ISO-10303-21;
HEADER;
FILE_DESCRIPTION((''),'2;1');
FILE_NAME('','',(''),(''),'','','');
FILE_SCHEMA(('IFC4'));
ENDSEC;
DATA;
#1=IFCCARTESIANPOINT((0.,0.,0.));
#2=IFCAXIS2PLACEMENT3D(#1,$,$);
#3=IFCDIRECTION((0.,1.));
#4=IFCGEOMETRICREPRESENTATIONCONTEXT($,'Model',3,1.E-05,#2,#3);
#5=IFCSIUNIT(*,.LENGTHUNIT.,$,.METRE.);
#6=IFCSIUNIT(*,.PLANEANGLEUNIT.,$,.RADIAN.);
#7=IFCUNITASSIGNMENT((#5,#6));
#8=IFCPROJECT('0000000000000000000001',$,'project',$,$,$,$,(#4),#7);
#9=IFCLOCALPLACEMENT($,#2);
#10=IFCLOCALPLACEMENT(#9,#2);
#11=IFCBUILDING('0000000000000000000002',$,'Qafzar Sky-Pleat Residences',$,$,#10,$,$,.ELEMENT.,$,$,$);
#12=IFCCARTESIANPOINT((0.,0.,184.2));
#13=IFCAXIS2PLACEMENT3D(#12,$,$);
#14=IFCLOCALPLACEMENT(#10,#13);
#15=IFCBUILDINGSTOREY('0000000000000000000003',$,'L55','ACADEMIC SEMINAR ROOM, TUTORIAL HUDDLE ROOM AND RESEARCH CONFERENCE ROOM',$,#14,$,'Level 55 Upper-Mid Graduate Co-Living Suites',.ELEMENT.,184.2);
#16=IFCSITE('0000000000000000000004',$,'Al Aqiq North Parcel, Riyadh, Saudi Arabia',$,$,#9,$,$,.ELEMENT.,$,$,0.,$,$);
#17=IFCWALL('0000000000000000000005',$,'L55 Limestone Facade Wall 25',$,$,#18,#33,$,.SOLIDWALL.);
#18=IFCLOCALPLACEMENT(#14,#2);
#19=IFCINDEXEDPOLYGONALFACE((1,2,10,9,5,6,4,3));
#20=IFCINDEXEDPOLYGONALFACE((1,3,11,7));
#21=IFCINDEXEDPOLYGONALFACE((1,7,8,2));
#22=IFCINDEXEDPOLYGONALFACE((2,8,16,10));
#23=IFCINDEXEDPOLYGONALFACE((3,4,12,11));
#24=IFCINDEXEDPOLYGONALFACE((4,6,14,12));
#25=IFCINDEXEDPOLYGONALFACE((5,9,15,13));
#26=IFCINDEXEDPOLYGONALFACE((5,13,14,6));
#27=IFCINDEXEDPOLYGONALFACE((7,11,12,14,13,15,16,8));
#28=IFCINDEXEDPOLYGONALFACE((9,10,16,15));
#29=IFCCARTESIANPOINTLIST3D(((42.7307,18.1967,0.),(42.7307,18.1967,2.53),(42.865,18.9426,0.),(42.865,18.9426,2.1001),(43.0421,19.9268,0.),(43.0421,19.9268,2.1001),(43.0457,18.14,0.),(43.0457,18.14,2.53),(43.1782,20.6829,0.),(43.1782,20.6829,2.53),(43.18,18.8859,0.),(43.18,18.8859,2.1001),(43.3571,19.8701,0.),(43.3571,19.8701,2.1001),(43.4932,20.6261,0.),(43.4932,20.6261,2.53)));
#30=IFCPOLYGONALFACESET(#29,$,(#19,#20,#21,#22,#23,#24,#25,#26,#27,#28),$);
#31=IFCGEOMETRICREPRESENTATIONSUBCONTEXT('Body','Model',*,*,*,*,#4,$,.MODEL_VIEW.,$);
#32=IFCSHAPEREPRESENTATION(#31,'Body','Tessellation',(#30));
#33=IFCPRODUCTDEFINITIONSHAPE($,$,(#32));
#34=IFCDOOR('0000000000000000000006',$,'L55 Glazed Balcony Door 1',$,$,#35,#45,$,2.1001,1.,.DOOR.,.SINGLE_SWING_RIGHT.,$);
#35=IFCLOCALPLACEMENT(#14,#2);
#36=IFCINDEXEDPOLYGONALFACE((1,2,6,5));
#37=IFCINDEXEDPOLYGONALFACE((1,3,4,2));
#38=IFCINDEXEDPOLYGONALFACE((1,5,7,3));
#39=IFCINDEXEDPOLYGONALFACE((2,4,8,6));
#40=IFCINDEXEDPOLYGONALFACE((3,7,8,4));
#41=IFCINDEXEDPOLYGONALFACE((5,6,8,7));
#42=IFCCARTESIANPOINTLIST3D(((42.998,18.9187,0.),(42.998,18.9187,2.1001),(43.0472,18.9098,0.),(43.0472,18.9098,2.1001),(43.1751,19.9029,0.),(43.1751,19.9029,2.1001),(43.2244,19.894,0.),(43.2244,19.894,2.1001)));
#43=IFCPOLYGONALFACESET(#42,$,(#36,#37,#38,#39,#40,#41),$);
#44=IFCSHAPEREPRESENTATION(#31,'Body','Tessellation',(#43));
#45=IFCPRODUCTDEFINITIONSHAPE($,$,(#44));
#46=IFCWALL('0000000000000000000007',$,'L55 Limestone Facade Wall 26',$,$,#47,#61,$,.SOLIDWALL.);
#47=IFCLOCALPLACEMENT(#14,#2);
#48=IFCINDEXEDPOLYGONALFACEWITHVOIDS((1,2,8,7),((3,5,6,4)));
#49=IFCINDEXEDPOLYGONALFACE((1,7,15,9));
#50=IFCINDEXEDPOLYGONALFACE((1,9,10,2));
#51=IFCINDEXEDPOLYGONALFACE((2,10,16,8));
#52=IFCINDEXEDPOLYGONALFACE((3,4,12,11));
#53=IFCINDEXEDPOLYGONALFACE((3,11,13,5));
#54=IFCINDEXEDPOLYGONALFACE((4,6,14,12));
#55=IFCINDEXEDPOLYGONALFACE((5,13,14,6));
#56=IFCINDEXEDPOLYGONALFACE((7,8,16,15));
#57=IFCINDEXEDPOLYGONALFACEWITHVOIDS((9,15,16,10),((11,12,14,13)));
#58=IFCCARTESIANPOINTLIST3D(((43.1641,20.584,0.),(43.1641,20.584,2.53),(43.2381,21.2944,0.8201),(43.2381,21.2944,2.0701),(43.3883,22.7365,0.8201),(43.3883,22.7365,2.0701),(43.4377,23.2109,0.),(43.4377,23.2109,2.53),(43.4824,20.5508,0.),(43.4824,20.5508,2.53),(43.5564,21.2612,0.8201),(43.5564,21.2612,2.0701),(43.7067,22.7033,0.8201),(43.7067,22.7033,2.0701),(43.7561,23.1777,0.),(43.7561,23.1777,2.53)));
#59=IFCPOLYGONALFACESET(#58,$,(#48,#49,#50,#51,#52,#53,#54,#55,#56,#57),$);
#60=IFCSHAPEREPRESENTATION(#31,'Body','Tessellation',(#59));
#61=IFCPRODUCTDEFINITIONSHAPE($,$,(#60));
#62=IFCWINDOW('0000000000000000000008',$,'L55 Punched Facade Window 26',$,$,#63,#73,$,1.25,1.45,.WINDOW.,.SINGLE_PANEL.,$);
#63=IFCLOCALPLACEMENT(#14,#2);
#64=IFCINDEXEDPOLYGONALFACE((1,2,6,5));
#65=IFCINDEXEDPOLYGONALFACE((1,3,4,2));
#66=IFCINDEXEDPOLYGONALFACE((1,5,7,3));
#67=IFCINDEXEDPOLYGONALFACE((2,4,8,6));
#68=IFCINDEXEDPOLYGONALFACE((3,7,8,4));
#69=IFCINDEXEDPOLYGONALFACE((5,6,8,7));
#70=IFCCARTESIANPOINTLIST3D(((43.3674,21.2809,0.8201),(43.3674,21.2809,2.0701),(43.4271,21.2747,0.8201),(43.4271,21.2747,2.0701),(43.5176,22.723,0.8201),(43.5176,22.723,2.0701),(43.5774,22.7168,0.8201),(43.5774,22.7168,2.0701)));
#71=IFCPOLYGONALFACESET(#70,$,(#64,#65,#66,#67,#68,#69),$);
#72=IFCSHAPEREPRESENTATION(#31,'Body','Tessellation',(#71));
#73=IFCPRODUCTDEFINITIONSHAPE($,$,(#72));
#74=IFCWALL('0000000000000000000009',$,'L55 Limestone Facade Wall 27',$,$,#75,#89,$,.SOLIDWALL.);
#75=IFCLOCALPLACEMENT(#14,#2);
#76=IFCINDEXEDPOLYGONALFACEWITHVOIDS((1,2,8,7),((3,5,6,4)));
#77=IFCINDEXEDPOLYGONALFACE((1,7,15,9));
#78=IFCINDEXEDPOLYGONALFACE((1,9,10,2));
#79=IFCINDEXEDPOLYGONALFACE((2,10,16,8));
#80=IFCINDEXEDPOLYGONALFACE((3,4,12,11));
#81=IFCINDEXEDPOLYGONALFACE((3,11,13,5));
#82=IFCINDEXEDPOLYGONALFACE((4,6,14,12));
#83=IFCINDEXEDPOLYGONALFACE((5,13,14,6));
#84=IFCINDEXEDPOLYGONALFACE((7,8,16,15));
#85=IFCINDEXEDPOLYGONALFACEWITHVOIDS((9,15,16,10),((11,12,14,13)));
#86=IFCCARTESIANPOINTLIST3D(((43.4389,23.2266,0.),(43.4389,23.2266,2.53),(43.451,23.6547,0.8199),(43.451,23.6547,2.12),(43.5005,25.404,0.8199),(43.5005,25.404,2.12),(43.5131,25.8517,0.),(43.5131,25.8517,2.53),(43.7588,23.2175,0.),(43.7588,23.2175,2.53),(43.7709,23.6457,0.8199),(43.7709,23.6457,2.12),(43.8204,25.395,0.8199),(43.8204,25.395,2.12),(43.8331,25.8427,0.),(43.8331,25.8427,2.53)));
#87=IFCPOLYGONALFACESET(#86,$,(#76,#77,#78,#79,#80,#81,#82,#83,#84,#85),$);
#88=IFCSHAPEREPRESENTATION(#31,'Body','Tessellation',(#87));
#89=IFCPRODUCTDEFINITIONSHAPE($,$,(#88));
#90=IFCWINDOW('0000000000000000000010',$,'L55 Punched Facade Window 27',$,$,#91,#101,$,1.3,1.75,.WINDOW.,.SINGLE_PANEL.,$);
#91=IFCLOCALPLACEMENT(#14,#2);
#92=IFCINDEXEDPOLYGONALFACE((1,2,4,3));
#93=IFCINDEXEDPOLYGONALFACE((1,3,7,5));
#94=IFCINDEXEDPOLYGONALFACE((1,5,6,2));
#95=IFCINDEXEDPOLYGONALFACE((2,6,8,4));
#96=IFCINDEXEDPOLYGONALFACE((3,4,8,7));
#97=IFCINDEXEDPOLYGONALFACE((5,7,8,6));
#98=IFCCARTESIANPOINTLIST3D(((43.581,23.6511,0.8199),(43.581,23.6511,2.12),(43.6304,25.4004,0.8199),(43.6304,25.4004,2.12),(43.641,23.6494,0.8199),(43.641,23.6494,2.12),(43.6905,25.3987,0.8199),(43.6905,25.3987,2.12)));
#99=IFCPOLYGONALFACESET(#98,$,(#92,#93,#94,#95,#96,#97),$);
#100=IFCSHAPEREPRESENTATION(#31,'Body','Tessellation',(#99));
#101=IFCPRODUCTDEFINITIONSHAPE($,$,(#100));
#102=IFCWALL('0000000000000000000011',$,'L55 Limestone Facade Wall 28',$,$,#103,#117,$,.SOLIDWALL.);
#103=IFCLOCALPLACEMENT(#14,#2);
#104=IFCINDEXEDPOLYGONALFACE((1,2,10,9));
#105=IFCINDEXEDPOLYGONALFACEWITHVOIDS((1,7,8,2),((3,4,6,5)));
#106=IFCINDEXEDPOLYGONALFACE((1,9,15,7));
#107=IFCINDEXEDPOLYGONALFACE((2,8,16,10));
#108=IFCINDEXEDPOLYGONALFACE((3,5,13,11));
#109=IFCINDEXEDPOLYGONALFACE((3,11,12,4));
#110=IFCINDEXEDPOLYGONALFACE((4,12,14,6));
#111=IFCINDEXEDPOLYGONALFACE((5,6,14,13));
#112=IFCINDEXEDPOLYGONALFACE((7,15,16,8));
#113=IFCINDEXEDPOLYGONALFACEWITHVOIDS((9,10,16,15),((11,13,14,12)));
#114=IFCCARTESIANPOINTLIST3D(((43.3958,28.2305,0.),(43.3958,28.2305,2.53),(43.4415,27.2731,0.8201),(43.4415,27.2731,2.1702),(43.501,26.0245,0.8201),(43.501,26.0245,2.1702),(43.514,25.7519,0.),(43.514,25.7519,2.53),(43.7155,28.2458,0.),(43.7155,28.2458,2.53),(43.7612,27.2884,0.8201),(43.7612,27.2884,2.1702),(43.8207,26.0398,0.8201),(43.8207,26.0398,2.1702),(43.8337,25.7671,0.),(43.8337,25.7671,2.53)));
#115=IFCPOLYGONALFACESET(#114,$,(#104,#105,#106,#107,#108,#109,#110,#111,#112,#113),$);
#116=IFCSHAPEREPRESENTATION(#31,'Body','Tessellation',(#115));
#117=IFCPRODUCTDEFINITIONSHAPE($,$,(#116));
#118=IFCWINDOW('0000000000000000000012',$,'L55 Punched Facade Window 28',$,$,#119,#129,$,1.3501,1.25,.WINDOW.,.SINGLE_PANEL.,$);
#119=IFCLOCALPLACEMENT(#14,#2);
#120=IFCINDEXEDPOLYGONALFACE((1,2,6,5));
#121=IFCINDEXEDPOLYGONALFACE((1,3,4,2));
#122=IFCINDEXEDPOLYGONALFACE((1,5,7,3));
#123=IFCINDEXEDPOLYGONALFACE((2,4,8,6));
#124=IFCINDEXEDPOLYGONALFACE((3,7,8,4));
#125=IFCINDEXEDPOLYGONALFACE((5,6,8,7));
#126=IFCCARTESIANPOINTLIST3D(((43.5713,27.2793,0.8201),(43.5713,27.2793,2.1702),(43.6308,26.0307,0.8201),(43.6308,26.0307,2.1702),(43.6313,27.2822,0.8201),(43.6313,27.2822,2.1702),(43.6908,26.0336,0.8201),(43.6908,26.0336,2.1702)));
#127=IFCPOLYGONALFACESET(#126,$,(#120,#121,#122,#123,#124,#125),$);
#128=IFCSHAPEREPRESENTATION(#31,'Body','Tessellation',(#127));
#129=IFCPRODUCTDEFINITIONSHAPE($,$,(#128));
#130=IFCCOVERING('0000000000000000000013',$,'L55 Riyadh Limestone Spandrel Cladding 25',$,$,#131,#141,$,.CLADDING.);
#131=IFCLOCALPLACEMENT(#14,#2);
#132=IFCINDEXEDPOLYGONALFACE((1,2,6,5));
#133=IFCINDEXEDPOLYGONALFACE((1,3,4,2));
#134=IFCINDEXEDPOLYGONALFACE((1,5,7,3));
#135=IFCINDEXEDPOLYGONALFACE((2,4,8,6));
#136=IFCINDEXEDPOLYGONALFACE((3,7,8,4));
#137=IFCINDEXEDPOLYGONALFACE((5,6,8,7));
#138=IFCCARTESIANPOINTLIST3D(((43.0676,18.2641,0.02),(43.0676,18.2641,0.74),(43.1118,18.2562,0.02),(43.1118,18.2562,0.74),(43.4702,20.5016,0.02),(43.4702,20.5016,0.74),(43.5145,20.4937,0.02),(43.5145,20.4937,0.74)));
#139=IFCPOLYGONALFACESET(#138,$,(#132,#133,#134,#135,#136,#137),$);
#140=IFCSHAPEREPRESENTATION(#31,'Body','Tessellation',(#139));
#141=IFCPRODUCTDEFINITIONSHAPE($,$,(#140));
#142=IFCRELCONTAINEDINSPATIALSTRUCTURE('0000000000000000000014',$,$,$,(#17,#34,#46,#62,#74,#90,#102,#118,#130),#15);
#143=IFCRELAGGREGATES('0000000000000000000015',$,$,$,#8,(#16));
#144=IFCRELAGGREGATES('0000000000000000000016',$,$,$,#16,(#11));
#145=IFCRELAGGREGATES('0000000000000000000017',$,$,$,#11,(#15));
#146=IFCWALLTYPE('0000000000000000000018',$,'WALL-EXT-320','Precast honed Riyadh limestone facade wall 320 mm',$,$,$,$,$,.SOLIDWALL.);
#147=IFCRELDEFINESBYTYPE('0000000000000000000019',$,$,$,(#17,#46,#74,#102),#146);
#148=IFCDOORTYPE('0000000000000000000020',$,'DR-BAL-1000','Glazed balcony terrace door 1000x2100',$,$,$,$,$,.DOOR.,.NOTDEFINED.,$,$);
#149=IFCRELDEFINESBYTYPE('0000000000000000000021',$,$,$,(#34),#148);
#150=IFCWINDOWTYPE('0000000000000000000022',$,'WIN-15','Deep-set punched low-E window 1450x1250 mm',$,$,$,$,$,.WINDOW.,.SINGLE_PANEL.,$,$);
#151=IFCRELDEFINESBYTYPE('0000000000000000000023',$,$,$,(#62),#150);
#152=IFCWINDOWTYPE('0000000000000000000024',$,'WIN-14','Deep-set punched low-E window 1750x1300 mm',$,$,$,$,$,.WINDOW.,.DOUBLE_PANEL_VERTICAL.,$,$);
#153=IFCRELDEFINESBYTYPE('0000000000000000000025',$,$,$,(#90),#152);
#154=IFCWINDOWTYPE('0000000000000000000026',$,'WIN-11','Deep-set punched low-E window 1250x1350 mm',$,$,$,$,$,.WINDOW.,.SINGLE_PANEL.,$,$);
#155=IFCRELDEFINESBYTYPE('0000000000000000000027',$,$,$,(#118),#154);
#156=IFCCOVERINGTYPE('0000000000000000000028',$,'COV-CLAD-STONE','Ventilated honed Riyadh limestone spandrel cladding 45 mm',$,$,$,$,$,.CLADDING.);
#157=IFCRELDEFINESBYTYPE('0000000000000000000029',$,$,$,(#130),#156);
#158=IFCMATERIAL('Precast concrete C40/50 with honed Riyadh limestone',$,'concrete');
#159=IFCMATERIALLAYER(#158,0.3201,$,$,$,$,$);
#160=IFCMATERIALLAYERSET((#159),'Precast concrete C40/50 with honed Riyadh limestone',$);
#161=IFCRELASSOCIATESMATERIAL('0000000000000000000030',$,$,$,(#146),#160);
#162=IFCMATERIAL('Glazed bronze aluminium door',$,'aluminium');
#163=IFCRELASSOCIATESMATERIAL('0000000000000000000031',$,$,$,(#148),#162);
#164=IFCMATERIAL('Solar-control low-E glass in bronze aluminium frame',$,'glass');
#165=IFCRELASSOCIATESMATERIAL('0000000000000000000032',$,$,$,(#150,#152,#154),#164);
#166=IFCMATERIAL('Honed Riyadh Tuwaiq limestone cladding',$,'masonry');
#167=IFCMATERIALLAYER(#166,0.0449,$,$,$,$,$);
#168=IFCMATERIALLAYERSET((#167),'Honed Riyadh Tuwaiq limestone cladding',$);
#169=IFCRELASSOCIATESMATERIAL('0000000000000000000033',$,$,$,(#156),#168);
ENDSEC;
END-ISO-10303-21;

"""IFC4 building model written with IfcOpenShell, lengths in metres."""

from ifc_helpers import new_model, si_unit, direction, frame, frame_2d, origin, origin_2d, place, context, subcontext, project, spatial, rectangle, extrude, source, transform, mapped, material, layer, layer_set, type_object, element, fill, save


model = new_model("IFC4")

# Units and contexts
model_context = context("Model", 3, precision=1e-05, world=origin(), true_north=direction((0.0, 1.0)))
body_context = subcontext(model_context, "Body", "Model", "MODEL_VIEW")
ifc_project = project(units=[si_unit("LENGTHUNIT", "METRE"), si_unit("PLANEANGLEUNIT", "RADIAN")], contexts=[model_context])

# Site, building, storey
site_placement = place(None, origin())
site = spatial("IfcSite", under=ifc_project, at=site_placement, Name="Al Aqiq North Parcel, Riyadh, Saudi Arabia", CompositionType="ELEMENT", RefElevation=0.0)
building_placement = place(site_placement, origin())
building = spatial("IfcBuilding", under=site, at=building_placement, Name="Qafzar Sky-Pleat Residences", CompositionType="ELEMENT")
storey_placement = place(building_placement, frame((0.0, 0.0, 184.2)))
storey = spatial("IfcBuildingStorey", under=building, at=storey_placement, Name="L55", Description="ACADEMIC SEMINAR ROOM, TUTORIAL HUDDLE ROOM AND RESEARCH CONFERENCE ROOM", LongName="Level 55 Upper-Mid Graduate Co-Living Suites", CompositionType="ELEMENT", Elevation=184.2)

# Wall, opening, door
ifc_material_1 = material(Name="Precast concrete C40/50 with honed Riyadh limestone", Category="concrete")
ifc_layer_1 = layer(ifc_material_1, 0.3201)
ifc_layer_set_1 = layer_set([ifc_layer_1], Name="Precast concrete C40/50 with honed Riyadh limestone")
wall_type_1 = type_object("IfcWallType", Name="WALL-EXT-320", Description="Precast honed Riyadh limestone facade wall 320 mm", PredefinedType="SOLIDWALL", material=ifc_layer_set_1)
wall_1_placement = place(storey_placement, frame((42.8882, 18.1682, 0.0), z_axis=(0.0, 0.0, 1.0), x_axis=(0.177159, 0.984182, 0.0)))
wall_1 = element("IfcWall", 1, at=wall_1_placement, inside=storey, type_object=wall_type_1, Name="L55 Limestone Facade Wall 25", PredefinedType="SOLIDWALL", context=body_context, shape_type="SweptSolid", body=[
    extrude(rectangle(XDim=2.5261, YDim=0.3201, at=frame_2d((1.2632, 0.0))), origin(), (0.0, 0.0, 1.0), 2.53),
])
opening_1_placement = place(wall_1_placement, frame((0.7581, 0.0, 0.0)))
opening_1 = element("IfcOpeningElement", 2, at=opening_1_placement, cuts=wall_1, PredefinedType="OPENING", context=body_context, shape_type="SweptSolid", body=[
    extrude(rectangle(XDim=1.0, YDim=2.1001, at=frame_2d((0.5, 1.05))), frame((0.0, 0.1699, 0.0), z_axis=(0.0, -1.0, 0.0), x_axis=(1.0, 0.0, 0.0)), (0.0, 0.0, 1.0), 0.3401),
])
ifc_material_2 = material(Name="Glazed bronze aluminium door", Category="aluminium")
door_type_1 = type_object("IfcDoorType", Name="DR-BAL-1000", Description="Glazed balcony terrace door 1000x2100", OperationType="NOTDEFINED", PredefinedType="DOOR", material=ifc_material_2)
shared_shape_1 = source(origin(), body_context, "Body", "SweptSolid", [
    extrude(rectangle(XDim=1.0, YDim=2.1001, at=frame_2d((0.5, 1.05))), frame((0.0, 0.0249, 0.0), z_axis=(0.0, -1.0, 0.0), x_axis=(1.0, 0.0, 0.0)), (0.0, 0.0, 1.0), 0.05),
])
door_1_placement = place(opening_1_placement, origin())
door_1 = element("IfcDoor", 3, at=door_1_placement, inside=storey, type_object=door_type_1, Name="L55 Glazed Balcony Door 1", OperationType="SINGLE_SWING_RIGHT", OverallHeight=2.1001, OverallWidth=1.0, PredefinedType="DOOR", context=body_context, shape_type="MappedRepresentation", body=[
    mapped(shared_shape_1, transform((0.0, 0.0, 0.0), x_axis=(1.0, 0.0, 0.0), y_axis=(0.0, 1.0, 0.0), z_axis=(0.0, 0.0, 1.0), scale=1.0)),
])
fill(opening_1, door_1)

# Walls, openings, windows
wall_2_placement = place(storey_placement, frame((43.3232, 20.5674, 0.0), z_axis=(0.0, 0.0, 1.0), x_axis=(0.103621, 0.994617, 0.0)))
wall_2 = element("IfcWall", 4, at=wall_2_placement, inside=storey, type_object=wall_type_1, Name="L55 Limestone Facade Wall 26", PredefinedType="SOLIDWALL", context=body_context, shape_type="SweptSolid", body=[
    extrude(rectangle(XDim=2.6411, YDim=0.3201, at=frame_2d((1.3206, 0.0))), origin(), (0.0, 0.0, 1.0), 2.53),
])
opening_2_placement = place(wall_2_placement, frame((0.7141, 0.0, 0.8201)))
opening_2 = element("IfcOpeningElement", 5, at=opening_2_placement, cuts=wall_2, PredefinedType="OPENING", context=body_context, shape_type="SweptSolid", body=[
    extrude(rectangle(XDim=1.45, YDim=1.25, at=frame_2d((0.7251, 0.625))), frame((0.0, 0.1699, 0.0), z_axis=(0.0, -1.0, 0.0), x_axis=(1.0, 0.0, 0.0)), (0.0, 0.0, 1.0), 0.3401),
])
ifc_material_3 = material(Name="Solar-control low-E glass in bronze aluminium frame", Category="glass")
window_type_1 = type_object("IfcWindowType", Name="WIN-15", Description="Deep-set punched low-E window 1450x1250 mm", PartitioningType="SINGLE_PANEL", PredefinedType="WINDOW", material=ifc_material_3)
shared_shape_2 = source(origin(), body_context, "Body", "SweptSolid", [
    extrude(rectangle(XDim=1.45, YDim=1.25, at=frame_2d((0.7251, 0.625))), frame((0.0, 0.03, 0.0), z_axis=(0.0, -1.0, 0.0), x_axis=(1.0, 0.0, 0.0)), (0.0, 0.0, 1.0), 0.0601),
])
window_1_placement = place(opening_2_placement, origin())
window_1 = element("IfcWindow", 6, at=window_1_placement, inside=storey, type_object=window_type_1, Name="L55 Punched Facade Window 26", OverallHeight=1.25, OverallWidth=1.45, PartitioningType="SINGLE_PANEL", PredefinedType="WINDOW", context=body_context, shape_type="MappedRepresentation", body=[
    mapped(shared_shape_2, transform((0.0, 0.0, 0.0), x_axis=(1.0, 0.0, 0.0), y_axis=(0.0, 1.0, 0.0), z_axis=(0.0, 0.0, 1.0), scale=1.0)),
])
fill(opening_2, window_1)
wall_3_placement = place(storey_placement, frame((43.5989, 23.2222, 0.0), z_axis=(0.0, 0.0, 1.0), x_axis=(0.02826, 0.999601, 0.0)))
wall_3 = element("IfcWall", 7, at=wall_3_placement, inside=storey, type_object=wall_type_1, Name="L55 Limestone Facade Wall 27", PredefinedType="SOLIDWALL", context=body_context, shape_type="SweptSolid", body=[
    extrude(rectangle(XDim=2.6262, YDim=0.3201, at=frame_2d((1.313, 0.0))), origin(), (0.0, 0.0, 1.0), 2.53),
])
opening_3_placement = place(wall_3_placement, frame((0.4282, 0.0, 0.8201)))
opening_3 = element("IfcOpeningElement", 8, at=opening_3_placement, cuts=wall_3, PredefinedType="OPENING", context=body_context, shape_type="SweptSolid", body=[
    extrude(rectangle(XDim=1.75, YDim=1.3, at=frame_2d((0.875, 0.6499))), frame((0.0, 0.1699, 0.0), z_axis=(0.0, -1.0, 0.0), x_axis=(1.0, 0.0, 0.0)), (0.0, 0.0, 1.0), 0.3401),
])
window_type_2 = type_object("IfcWindowType", Name="WIN-14", Description="Deep-set punched low-E window 1750x1300 mm", PartitioningType="DOUBLE_PANEL_VERTICAL", PredefinedType="WINDOW", material=ifc_material_3)
shared_shape_3 = source(origin(), body_context, "Body", "SweptSolid", [
    extrude(rectangle(XDim=1.75, YDim=1.3, at=frame_2d((0.875, 0.6499))), frame((0.0, 0.03, 0.0), z_axis=(0.0, -1.0, 0.0), x_axis=(1.0, 0.0, 0.0)), (0.0, 0.0, 1.0), 0.0601),
])
window_2_placement = place(opening_3_placement, origin())
window_2 = element("IfcWindow", 9, at=window_2_placement, inside=storey, type_object=window_type_2, Name="L55 Punched Facade Window 27", OverallHeight=1.3, OverallWidth=1.75, PartitioningType="SINGLE_PANEL", PredefinedType="WINDOW", context=body_context, shape_type="MappedRepresentation", body=[
    mapped(shared_shape_3, transform((0.0, 0.0, 0.0), x_axis=(1.0, 0.0, 0.0), y_axis=(0.0, 1.0, 0.0), z_axis=(0.0, 0.0, 1.0), scale=1.0)),
])
fill(opening_3, window_2)
wall_4_placement = place(storey_placement, frame((43.6738, 25.7595, 0.0), z_axis=(0.0, 0.0, 1.0), x_axis=(-0.047621, 0.998865, 0.0)))
wall_4 = element("IfcWall", 10, at=wall_4_placement, inside=storey, type_object=wall_type_1, Name="L55 Limestone Facade Wall 28", PredefinedType="SOLIDWALL", context=body_context, shape_type="SweptSolid", body=[
    extrude(rectangle(XDim=2.4814, YDim=0.3201, at=frame_2d((1.2407, 0.0))), origin(), (0.0, 0.0, 1.0), 2.53),
])
opening_4_placement = place(wall_4_placement, frame((0.2729, 0.0, 0.8201)))
opening_4 = element("IfcOpeningElement", 11, at=opening_4_placement, cuts=wall_4, PredefinedType="OPENING", context=body_context, shape_type="SweptSolid", body=[
    extrude(rectangle(XDim=1.25, YDim=1.3501, at=frame_2d((0.625, 0.675))), frame((0.0, 0.1699, 0.0), z_axis=(0.0, -1.0, 0.0), x_axis=(1.0, 0.0, 0.0)), (0.0, 0.0, 1.0), 0.3401),
])
window_type_3 = type_object("IfcWindowType", Name="WIN-11", Description="Deep-set punched low-E window 1250x1350 mm", PartitioningType="SINGLE_PANEL", PredefinedType="WINDOW", material=ifc_material_3)
shared_shape_4 = source(origin(), body_context, "Body", "SweptSolid", [
    extrude(rectangle(XDim=1.25, YDim=1.3501, at=frame_2d((0.625, 0.675))), frame((0.0, 0.03, 0.0), z_axis=(0.0, -1.0, 0.0), x_axis=(1.0, 0.0, 0.0)), (0.0, 0.0, 1.0), 0.0601),
])
window_3_placement = place(opening_4_placement, origin())
window_3 = element("IfcWindow", 12, at=window_3_placement, inside=storey, type_object=window_type_3, Name="L55 Punched Facade Window 28", OverallHeight=1.3501, OverallWidth=1.25, PartitioningType="SINGLE_PANEL", PredefinedType="WINDOW", context=body_context, shape_type="MappedRepresentation", body=[
    mapped(shared_shape_4, transform((0.0, 0.0, 0.0), x_axis=(1.0, 0.0, 0.0), y_axis=(0.0, 1.0, 0.0), z_axis=(0.0, 0.0, 1.0), scale=1.0)),
])
fill(opening_4, window_3)

# Covering
ifc_material_4 = material(Name="Honed Riyadh Tuwaiq limestone cladding", Category="masonry")
ifc_layer_2 = layer(ifc_material_4, 0.0449)
ifc_layer_set_2 = layer_set([ifc_layer_2], Name="Honed Riyadh Tuwaiq limestone cladding")
covering_type = type_object("IfcCoveringType", Name="COV-CLAD-STONE", Description="Ventilated honed Riyadh limestone spandrel cladding 45 mm", PredefinedType="CLADDING", material=ifc_layer_set_2)
shared_shape_5 = source(origin(), body_context, "Body", "SweptSolid", [
    extrude(rectangle(XDim=2.2734, YDim=0.0449, at=origin_2d()), origin(), (0.0, 0.0, 1.0), 0.72),
])
covering_placement = place(storey_placement, frame((43.291, 19.3789, 0.02), z_axis=(0.0, 0.0, 1.0), x_axis=(0.177115, 0.98419, 0.0)))
element("IfcCovering", 13, at=covering_placement, inside=storey, type_object=covering_type, Name="L55 Riyadh Limestone Spandrel Cladding 25", PredefinedType="CLADDING", context=body_context, shape_type="MappedRepresentation", body=[
    mapped(shared_shape_5, transform((0.0, 0.0, 0.0), x_axis=(1.0, 0.0, 0.0), y_axis=(0.0, 1.0, 0.0), z_axis=(0.0, 0.0, 1.0), scale=1.0)),
])

save(model, "model.ifc")
